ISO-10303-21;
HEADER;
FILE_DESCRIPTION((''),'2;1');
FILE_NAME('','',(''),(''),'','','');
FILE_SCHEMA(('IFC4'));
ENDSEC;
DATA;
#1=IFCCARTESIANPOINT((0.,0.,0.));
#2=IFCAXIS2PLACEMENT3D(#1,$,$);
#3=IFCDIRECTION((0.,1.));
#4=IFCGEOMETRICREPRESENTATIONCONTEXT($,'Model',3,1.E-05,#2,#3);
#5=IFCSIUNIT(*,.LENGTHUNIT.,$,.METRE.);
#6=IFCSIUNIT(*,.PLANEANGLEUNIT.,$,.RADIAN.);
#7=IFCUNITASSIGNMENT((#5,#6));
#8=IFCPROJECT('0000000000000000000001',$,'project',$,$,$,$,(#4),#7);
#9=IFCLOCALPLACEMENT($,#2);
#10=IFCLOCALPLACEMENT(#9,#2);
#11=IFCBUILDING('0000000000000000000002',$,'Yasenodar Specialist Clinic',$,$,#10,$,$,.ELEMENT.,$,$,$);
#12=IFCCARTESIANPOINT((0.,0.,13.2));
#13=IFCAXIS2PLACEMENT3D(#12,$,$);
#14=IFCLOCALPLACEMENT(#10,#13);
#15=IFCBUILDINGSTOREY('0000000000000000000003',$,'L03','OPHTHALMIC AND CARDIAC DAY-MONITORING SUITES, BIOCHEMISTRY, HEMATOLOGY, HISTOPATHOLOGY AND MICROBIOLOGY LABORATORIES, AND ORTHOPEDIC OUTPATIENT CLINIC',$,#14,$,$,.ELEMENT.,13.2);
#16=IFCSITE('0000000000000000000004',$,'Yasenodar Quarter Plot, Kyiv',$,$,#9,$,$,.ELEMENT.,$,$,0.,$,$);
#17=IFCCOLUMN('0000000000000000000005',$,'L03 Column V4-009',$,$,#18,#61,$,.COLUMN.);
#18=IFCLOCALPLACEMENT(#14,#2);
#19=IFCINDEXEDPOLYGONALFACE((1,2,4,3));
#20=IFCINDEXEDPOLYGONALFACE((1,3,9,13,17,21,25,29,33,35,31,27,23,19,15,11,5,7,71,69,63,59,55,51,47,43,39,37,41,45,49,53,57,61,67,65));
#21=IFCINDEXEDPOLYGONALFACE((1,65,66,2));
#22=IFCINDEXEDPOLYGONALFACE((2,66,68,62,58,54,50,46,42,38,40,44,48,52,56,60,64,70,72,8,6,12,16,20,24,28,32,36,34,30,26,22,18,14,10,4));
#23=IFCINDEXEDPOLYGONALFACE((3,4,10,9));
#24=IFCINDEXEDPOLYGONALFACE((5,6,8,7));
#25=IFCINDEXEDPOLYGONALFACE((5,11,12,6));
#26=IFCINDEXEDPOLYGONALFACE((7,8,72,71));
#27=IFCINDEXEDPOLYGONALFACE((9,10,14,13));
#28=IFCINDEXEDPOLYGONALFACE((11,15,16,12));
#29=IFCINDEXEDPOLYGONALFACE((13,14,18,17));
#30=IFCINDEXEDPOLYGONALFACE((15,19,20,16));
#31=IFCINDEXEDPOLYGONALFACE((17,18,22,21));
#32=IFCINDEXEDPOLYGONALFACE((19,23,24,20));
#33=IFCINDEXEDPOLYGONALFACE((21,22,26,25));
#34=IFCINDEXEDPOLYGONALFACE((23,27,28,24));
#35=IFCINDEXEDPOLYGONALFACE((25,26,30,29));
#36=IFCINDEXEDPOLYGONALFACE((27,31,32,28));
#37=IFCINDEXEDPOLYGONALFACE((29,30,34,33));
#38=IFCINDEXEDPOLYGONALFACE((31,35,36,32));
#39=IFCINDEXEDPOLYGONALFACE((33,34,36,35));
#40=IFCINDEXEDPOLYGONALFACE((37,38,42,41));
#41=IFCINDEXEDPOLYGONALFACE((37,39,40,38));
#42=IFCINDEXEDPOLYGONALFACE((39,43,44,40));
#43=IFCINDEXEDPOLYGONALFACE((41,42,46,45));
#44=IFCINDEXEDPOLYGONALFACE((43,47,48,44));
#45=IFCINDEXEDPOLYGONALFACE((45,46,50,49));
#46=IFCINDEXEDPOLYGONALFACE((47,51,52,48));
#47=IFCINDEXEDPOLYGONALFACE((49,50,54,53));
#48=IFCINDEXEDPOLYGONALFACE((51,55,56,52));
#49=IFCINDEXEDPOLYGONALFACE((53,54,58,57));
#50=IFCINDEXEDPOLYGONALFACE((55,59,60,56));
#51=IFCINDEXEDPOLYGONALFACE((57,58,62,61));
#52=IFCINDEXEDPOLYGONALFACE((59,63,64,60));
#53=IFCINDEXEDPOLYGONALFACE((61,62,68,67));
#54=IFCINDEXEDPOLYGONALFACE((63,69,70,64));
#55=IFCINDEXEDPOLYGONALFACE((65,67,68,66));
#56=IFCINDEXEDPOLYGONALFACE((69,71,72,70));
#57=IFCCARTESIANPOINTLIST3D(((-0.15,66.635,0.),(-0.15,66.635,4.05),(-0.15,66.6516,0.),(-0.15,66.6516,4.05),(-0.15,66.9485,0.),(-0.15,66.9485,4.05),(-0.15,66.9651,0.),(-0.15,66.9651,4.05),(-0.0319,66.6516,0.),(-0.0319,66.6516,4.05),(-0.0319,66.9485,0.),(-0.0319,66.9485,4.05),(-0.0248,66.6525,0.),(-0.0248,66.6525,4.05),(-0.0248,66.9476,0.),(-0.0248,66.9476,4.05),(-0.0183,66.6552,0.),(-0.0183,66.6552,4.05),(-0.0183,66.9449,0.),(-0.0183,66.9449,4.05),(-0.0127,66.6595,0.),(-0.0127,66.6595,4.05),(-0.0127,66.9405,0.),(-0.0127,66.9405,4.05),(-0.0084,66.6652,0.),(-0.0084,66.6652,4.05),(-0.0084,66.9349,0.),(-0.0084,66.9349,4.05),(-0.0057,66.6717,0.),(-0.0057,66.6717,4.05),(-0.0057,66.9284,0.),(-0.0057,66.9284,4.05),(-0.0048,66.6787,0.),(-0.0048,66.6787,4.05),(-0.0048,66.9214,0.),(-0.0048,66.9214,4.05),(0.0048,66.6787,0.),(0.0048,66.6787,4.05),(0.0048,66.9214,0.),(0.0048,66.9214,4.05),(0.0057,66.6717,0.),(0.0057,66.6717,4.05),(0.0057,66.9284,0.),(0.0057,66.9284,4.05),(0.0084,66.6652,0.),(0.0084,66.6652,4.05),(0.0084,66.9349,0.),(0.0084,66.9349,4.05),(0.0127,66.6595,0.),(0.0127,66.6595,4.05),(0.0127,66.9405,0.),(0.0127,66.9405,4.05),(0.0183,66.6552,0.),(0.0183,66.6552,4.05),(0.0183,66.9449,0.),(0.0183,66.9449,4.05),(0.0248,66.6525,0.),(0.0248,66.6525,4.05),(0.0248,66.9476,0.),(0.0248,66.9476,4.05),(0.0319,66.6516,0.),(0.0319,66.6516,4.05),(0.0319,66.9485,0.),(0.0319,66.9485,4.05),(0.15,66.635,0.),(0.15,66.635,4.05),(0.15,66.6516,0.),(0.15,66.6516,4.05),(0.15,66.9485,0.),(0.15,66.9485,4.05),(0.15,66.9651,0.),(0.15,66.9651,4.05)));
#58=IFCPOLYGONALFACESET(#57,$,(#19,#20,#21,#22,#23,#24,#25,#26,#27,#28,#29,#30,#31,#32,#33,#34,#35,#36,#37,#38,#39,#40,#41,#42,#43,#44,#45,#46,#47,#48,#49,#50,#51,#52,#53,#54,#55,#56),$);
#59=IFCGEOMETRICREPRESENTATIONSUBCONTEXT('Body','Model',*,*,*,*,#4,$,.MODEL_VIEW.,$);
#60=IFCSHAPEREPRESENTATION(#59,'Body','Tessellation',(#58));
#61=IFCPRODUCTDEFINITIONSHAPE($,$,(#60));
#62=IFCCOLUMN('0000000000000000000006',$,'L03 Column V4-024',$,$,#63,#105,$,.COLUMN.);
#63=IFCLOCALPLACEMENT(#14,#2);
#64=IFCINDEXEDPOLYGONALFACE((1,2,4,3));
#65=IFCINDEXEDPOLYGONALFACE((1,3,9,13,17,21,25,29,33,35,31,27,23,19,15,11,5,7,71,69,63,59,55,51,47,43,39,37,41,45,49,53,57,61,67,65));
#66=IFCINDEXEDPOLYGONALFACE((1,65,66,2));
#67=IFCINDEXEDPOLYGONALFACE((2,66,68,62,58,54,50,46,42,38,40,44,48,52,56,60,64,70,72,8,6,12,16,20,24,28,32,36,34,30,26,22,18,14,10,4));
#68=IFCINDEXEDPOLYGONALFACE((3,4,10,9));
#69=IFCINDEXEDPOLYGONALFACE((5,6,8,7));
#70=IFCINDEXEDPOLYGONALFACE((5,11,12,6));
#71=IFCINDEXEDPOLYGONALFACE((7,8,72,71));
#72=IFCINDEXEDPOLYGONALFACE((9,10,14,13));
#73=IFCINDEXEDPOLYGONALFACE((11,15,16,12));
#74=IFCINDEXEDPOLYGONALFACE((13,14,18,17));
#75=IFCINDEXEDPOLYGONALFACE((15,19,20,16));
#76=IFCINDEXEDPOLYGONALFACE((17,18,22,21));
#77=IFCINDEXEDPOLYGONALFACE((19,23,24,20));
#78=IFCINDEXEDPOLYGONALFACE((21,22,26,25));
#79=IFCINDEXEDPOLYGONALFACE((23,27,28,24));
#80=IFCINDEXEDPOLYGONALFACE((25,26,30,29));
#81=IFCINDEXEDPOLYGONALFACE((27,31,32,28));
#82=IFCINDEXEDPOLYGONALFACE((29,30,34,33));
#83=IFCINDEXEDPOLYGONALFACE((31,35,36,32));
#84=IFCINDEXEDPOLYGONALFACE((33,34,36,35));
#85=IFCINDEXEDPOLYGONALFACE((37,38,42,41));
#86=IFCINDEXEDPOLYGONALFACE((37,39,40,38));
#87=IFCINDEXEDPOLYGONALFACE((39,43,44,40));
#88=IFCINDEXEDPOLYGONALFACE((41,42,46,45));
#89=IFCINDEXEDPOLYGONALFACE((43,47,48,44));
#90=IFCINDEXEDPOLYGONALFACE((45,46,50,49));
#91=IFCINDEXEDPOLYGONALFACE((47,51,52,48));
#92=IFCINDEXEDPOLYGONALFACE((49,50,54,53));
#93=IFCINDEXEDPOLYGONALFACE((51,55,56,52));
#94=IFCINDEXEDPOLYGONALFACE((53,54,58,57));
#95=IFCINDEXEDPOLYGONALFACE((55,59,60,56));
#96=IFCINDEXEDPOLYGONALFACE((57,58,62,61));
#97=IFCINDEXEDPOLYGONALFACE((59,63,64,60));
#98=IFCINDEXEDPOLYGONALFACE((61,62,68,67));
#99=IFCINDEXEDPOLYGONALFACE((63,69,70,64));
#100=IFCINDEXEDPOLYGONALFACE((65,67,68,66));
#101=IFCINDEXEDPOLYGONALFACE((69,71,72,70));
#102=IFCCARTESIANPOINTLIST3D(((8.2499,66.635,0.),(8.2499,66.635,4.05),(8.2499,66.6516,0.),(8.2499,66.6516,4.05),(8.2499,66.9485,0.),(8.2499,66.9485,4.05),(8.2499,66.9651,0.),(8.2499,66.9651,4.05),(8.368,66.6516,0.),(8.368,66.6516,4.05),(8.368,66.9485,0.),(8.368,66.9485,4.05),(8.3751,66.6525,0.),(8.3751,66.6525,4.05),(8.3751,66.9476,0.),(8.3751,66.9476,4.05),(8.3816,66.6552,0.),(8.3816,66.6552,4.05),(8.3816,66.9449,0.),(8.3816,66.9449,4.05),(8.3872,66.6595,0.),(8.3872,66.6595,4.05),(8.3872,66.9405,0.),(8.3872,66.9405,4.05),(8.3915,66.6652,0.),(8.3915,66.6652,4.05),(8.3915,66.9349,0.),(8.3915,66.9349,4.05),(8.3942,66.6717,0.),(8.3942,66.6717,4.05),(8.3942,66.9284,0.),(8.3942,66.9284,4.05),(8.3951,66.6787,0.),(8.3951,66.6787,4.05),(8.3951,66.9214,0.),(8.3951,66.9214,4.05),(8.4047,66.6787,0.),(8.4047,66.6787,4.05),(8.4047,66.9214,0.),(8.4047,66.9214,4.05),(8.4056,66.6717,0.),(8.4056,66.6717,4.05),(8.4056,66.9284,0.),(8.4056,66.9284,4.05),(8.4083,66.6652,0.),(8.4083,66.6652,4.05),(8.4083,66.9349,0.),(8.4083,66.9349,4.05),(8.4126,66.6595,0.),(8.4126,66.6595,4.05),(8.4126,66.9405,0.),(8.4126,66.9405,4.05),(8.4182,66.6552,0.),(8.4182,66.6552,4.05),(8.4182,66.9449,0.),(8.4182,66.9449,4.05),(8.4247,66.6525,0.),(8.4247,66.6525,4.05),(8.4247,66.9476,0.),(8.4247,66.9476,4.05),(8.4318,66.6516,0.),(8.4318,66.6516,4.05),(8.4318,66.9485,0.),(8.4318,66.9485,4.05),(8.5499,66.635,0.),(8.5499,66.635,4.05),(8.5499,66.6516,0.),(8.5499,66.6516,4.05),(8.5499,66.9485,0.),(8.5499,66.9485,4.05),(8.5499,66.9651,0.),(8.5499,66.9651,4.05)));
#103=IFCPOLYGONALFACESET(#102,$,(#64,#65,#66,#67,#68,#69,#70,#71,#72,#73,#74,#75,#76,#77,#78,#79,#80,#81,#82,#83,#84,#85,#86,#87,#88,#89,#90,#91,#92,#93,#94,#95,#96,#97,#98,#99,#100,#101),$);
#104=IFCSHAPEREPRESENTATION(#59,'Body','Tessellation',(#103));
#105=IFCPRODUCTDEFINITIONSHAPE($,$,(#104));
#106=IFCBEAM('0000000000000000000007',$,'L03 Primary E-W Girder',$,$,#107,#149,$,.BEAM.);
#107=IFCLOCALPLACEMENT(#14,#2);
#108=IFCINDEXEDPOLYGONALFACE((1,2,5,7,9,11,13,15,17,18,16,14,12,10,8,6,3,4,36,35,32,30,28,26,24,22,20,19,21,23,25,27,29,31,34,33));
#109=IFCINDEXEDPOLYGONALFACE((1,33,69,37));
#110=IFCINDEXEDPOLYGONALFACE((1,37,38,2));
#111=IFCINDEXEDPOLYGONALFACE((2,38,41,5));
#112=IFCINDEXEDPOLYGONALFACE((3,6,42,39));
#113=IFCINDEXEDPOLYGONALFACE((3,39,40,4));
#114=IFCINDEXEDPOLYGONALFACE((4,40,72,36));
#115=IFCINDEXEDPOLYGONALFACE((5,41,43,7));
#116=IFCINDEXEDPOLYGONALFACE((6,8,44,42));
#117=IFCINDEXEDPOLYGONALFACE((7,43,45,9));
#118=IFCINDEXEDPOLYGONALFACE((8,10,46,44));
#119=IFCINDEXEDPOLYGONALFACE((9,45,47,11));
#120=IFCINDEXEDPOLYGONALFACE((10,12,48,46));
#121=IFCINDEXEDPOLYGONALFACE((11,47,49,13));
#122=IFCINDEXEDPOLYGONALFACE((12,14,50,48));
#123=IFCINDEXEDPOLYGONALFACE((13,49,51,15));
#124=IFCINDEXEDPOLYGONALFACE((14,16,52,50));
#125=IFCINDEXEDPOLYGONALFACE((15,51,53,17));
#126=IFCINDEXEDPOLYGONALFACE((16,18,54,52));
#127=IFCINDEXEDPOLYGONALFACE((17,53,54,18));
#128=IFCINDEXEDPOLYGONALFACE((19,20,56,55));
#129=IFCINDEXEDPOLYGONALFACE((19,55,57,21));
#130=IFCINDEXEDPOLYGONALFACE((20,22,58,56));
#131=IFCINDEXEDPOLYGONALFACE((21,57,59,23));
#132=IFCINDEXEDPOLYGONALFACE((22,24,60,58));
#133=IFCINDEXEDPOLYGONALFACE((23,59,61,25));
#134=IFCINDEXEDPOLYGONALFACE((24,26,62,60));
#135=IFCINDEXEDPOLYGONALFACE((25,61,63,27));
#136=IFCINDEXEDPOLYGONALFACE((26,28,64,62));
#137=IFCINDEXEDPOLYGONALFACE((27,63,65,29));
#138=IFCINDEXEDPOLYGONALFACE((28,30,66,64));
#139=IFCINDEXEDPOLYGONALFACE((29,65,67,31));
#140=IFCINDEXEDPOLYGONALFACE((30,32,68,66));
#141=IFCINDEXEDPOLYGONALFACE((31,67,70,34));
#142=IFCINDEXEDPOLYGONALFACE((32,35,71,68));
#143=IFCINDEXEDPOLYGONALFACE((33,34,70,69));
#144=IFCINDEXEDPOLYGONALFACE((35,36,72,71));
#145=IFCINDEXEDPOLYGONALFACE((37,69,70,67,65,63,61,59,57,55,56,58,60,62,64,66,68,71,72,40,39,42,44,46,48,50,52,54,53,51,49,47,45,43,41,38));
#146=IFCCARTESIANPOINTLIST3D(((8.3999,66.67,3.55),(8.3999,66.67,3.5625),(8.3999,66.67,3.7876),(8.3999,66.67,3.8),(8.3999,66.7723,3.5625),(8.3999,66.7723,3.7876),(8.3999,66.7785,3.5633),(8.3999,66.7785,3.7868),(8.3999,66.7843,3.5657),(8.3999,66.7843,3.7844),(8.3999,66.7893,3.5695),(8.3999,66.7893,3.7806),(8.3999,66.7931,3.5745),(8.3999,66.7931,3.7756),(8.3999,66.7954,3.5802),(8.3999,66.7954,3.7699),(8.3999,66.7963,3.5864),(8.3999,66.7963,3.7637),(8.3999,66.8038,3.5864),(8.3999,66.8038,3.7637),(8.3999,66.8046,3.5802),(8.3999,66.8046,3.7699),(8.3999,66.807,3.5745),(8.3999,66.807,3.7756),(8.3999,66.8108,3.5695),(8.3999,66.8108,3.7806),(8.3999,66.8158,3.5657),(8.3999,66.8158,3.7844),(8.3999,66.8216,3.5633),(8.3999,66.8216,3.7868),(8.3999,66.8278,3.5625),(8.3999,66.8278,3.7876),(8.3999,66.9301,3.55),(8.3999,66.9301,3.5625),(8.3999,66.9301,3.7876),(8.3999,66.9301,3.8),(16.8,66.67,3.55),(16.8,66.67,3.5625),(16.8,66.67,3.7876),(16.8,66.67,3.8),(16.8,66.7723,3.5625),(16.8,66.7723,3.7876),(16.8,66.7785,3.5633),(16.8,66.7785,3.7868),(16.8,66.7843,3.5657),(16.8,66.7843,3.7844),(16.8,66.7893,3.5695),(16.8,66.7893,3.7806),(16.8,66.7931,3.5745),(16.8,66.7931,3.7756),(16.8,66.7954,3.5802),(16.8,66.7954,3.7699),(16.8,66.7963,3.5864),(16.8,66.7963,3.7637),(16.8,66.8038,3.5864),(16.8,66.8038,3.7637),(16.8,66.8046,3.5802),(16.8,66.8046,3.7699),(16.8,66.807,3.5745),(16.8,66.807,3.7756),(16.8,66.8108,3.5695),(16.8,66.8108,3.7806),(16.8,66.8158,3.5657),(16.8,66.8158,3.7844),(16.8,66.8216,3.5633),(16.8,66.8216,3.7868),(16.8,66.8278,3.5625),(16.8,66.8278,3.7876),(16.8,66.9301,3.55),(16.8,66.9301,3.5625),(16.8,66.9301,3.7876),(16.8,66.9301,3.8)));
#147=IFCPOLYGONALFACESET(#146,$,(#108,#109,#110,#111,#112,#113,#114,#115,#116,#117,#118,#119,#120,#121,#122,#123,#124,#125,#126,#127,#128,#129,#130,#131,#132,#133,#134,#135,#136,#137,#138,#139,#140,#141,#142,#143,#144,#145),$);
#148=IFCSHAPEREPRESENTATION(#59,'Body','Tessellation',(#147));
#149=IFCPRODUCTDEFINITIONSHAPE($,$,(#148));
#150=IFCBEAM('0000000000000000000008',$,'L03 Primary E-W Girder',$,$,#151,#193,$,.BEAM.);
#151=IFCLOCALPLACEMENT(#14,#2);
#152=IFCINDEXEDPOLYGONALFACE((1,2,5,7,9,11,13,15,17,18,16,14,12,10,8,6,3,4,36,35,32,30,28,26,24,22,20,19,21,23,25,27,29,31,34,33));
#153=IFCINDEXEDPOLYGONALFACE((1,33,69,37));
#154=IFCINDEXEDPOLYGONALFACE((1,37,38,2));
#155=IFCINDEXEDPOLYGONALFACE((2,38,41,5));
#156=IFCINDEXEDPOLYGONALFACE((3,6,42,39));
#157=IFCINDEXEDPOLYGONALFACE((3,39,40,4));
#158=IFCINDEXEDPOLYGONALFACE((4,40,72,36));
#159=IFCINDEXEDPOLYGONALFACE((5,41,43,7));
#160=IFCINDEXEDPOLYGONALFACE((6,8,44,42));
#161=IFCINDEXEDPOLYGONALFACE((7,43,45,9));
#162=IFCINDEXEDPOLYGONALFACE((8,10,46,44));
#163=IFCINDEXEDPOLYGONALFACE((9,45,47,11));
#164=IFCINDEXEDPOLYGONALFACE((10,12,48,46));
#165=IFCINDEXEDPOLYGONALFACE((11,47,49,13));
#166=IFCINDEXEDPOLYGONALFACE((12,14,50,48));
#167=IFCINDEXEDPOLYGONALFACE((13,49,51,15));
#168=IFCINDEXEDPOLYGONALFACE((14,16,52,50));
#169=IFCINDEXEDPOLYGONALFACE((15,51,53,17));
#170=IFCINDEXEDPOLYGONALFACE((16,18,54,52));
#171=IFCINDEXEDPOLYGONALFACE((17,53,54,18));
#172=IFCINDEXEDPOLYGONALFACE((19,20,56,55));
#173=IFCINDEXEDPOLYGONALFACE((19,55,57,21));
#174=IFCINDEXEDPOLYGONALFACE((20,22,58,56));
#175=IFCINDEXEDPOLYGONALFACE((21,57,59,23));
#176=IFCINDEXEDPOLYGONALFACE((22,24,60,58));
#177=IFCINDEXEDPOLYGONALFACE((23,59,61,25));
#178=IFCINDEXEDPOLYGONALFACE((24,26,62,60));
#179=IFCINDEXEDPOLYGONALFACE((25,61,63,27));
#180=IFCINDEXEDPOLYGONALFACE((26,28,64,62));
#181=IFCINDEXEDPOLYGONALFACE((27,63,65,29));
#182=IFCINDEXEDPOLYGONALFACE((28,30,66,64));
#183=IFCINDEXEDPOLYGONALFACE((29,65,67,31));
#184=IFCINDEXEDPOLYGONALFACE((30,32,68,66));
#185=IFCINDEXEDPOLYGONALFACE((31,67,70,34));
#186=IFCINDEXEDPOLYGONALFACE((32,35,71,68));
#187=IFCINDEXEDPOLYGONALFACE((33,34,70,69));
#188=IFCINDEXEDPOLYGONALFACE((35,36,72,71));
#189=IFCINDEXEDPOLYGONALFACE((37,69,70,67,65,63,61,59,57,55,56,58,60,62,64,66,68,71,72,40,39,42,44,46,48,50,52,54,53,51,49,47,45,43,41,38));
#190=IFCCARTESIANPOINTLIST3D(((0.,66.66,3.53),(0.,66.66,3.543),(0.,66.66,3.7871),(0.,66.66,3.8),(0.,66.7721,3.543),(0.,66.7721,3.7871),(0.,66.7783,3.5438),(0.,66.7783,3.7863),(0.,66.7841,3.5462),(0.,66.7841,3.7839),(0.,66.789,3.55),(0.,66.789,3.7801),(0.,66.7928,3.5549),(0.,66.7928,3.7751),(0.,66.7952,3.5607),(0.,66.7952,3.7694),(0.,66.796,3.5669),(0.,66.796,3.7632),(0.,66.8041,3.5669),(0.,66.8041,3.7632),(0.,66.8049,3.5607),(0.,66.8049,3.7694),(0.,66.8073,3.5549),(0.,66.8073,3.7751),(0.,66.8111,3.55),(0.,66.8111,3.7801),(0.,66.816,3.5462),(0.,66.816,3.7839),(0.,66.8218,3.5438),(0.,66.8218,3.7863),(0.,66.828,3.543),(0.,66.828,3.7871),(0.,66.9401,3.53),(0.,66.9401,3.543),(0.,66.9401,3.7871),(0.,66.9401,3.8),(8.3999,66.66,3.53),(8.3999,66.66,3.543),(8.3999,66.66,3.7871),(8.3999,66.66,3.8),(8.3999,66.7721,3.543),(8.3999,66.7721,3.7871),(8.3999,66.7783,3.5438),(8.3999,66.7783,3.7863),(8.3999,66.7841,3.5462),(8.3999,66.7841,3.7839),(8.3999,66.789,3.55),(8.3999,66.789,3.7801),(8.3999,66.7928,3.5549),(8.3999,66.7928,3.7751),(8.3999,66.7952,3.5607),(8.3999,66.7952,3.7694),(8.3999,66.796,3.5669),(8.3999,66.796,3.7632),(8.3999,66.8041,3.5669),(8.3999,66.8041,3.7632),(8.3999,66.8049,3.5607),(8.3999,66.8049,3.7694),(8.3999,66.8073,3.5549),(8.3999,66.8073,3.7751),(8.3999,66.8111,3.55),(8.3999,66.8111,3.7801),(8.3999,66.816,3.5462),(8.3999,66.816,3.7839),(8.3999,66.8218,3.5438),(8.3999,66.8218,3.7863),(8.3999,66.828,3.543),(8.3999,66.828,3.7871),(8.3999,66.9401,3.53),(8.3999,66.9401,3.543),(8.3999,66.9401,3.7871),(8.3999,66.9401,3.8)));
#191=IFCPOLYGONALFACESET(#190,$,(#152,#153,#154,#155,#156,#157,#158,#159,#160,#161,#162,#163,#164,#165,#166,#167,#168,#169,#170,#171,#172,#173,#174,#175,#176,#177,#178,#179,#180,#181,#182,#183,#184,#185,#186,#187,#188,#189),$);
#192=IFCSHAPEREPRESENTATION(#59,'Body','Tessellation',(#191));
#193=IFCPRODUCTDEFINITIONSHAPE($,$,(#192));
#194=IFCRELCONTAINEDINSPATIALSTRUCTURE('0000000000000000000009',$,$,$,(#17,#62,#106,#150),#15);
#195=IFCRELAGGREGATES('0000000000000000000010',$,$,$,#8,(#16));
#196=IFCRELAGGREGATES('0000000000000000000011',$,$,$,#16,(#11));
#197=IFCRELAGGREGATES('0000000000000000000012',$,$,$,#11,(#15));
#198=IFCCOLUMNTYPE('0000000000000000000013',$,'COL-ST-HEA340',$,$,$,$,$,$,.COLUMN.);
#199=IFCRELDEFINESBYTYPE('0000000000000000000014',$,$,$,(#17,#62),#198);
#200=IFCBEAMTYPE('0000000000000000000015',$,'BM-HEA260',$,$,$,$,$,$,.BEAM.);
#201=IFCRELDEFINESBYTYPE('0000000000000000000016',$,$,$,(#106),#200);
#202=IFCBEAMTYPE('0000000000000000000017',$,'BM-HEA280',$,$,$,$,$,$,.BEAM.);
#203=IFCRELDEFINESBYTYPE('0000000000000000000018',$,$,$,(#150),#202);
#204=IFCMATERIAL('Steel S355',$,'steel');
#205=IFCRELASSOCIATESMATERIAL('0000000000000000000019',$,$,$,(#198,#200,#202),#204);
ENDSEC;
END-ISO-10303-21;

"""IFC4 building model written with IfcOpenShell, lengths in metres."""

from ifc_helpers import new_model, si_unit, direction, frame, origin, origin_2d, place, context, subcontext, project, spatial, i_section, extrude, material, material_profile, profile_set, type_object, element, save


model = new_model("IFC4")

# Units and contexts
model_context = context("Model", 3, precision=1e-05, world=origin(), true_north=direction((0.0, 1.0)))
body_context = subcontext(model_context, "Body", "Model", "MODEL_VIEW")
ifc_project = project(units=[si_unit("LENGTHUNIT", "METRE"), si_unit("PLANEANGLEUNIT", "RADIAN")], contexts=[model_context])

# Site, building, storey
site_placement = place(None, origin())
site = spatial("IfcSite", under=ifc_project, at=site_placement, Name="Yasenodar Quarter Plot, Kyiv", CompositionType="ELEMENT", RefElevation=0.0)
building_placement = place(site_placement, origin())
building = spatial("IfcBuilding", under=site, at=building_placement, Name="Yasenodar Specialist Clinic", CompositionType="ELEMENT")
storey_placement = place(building_placement, frame((0.0, 0.0, 13.2)))
storey = spatial("IfcBuildingStorey", under=building, at=storey_placement, Name="L03", Description="OPHTHALMIC AND CARDIAC DAY-MONITORING SUITES, BIOCHEMISTRY, HEMATOLOGY, HISTOPATHOLOGY AND MICROBIOLOGY LABORATORIES, AND ORTHOPEDIC OUTPATIENT CLINIC", CompositionType="ELEMENT", Elevation=13.2)

# Columns
ifc_material_1 = material(Name="Steel S355", Category="steel")
ifc_material_profile_1 = material_profile(ifc_material_1, i_section(OverallWidth=0.3, OverallDepth=0.3301, WebThickness=0.0095, FlangeThickness=0.0166, FilletRadius=0.0271, at=origin_2d()), Name="HEA 340")
ifc_profile_set_1 = profile_set([ifc_material_profile_1], Name="Steel S355")
column_type = type_object("IfcColumnType", Name="COL-ST-HEA340", PredefinedType="COLUMN", material=ifc_profile_set_1)
for number, where, z_axis, x_axis, name in (
    (1, (0.0, 66.8, 0.0), (0.0, 0.0, 1.0), (1.0, 0.0, 0.0), "L03 Column V4-009"),
    (2, (8.3999, 66.8, 0.0), (0.0, 0.0, 1.0), (1.0, 0.0, 0.0), "L03 Column V4-024"),
):
    element("IfcColumn", number, at=place(storey_placement, frame(where, z_axis=z_axis, x_axis=x_axis)), inside=storey, type_object=column_type, Name=name, PredefinedType="COLUMN", context=body_context, shape_type="SweptSolid", body=[
        extrude(i_section(OverallWidth=0.3, OverallDepth=0.3301, WebThickness=0.0095, FlangeThickness=0.0166, FilletRadius=0.0271, at=origin_2d()), origin(), (0.0, 0.0, 1.0), 4.05),
    ])

# Beams
ifc_material_profile_2 = material_profile(ifc_material_1, i_section(OverallWidth=0.26, OverallDepth=0.25, WebThickness=0.0076, FlangeThickness=0.0125, FilletRadius=0.0239, at=origin_2d()), Name="HEA 260")
ifc_profile_set_2 = profile_set([ifc_material_profile_2], Name="Steel S355")
beam_type_1 = type_object("IfcBeamType", Name="BM-HEA260", PredefinedType="BEAM", material=ifc_profile_set_2)
beam_1_placement = place(storey_placement, frame((8.3999, 66.8, 3.675), z_axis=(1.0, 0.0, 0.0), x_axis=(0.0, 1.0, 0.0)))
element("IfcBeam", 3, at=beam_1_placement, inside=storey, type_object=beam_type_1, Name="L03 Primary E-W Girder", PredefinedType="BEAM", context=body_context, shape_type="SweptSolid", body=[
    extrude(i_section(OverallWidth=0.26, OverallDepth=0.25, WebThickness=0.0076, FlangeThickness=0.0125, FilletRadius=0.0239, at=origin_2d()), origin(), (0.0, 0.0, 1.0), 8.4001),
])
ifc_material_profile_3 = material_profile(ifc_material_1, i_section(OverallWidth=0.28, OverallDepth=0.27, WebThickness=0.0081, FlangeThickness=0.0129, FilletRadius=0.0239, at=origin_2d()), Name="HEA 280")
ifc_profile_set_3 = profile_set([ifc_material_profile_3], Name="Steel S355")
beam_type_2 = type_object("IfcBeamType", Name="BM-HEA280", PredefinedType="BEAM", material=ifc_profile_set_3)
beam_2_placement = place(storey_placement, frame((0.0, 66.8, 3.665), z_axis=(1.0, 0.0, 0.0), x_axis=(0.0, 1.0, 0.0)))
element("IfcBeam", 4, at=beam_2_placement, inside=storey, type_object=beam_type_2, Name="L03 Primary E-W Girder", PredefinedType="BEAM", context=body_context, shape_type="SweptSolid", body=[
    extrude(i_section(OverallWidth=0.28, OverallDepth=0.27, WebThickness=0.0081, FlangeThickness=0.0129, FilletRadius=0.0239, at=origin_2d()), origin(), (0.0, 0.0, 1.0), 8.3999),
])

save(model, "model.ifc")
